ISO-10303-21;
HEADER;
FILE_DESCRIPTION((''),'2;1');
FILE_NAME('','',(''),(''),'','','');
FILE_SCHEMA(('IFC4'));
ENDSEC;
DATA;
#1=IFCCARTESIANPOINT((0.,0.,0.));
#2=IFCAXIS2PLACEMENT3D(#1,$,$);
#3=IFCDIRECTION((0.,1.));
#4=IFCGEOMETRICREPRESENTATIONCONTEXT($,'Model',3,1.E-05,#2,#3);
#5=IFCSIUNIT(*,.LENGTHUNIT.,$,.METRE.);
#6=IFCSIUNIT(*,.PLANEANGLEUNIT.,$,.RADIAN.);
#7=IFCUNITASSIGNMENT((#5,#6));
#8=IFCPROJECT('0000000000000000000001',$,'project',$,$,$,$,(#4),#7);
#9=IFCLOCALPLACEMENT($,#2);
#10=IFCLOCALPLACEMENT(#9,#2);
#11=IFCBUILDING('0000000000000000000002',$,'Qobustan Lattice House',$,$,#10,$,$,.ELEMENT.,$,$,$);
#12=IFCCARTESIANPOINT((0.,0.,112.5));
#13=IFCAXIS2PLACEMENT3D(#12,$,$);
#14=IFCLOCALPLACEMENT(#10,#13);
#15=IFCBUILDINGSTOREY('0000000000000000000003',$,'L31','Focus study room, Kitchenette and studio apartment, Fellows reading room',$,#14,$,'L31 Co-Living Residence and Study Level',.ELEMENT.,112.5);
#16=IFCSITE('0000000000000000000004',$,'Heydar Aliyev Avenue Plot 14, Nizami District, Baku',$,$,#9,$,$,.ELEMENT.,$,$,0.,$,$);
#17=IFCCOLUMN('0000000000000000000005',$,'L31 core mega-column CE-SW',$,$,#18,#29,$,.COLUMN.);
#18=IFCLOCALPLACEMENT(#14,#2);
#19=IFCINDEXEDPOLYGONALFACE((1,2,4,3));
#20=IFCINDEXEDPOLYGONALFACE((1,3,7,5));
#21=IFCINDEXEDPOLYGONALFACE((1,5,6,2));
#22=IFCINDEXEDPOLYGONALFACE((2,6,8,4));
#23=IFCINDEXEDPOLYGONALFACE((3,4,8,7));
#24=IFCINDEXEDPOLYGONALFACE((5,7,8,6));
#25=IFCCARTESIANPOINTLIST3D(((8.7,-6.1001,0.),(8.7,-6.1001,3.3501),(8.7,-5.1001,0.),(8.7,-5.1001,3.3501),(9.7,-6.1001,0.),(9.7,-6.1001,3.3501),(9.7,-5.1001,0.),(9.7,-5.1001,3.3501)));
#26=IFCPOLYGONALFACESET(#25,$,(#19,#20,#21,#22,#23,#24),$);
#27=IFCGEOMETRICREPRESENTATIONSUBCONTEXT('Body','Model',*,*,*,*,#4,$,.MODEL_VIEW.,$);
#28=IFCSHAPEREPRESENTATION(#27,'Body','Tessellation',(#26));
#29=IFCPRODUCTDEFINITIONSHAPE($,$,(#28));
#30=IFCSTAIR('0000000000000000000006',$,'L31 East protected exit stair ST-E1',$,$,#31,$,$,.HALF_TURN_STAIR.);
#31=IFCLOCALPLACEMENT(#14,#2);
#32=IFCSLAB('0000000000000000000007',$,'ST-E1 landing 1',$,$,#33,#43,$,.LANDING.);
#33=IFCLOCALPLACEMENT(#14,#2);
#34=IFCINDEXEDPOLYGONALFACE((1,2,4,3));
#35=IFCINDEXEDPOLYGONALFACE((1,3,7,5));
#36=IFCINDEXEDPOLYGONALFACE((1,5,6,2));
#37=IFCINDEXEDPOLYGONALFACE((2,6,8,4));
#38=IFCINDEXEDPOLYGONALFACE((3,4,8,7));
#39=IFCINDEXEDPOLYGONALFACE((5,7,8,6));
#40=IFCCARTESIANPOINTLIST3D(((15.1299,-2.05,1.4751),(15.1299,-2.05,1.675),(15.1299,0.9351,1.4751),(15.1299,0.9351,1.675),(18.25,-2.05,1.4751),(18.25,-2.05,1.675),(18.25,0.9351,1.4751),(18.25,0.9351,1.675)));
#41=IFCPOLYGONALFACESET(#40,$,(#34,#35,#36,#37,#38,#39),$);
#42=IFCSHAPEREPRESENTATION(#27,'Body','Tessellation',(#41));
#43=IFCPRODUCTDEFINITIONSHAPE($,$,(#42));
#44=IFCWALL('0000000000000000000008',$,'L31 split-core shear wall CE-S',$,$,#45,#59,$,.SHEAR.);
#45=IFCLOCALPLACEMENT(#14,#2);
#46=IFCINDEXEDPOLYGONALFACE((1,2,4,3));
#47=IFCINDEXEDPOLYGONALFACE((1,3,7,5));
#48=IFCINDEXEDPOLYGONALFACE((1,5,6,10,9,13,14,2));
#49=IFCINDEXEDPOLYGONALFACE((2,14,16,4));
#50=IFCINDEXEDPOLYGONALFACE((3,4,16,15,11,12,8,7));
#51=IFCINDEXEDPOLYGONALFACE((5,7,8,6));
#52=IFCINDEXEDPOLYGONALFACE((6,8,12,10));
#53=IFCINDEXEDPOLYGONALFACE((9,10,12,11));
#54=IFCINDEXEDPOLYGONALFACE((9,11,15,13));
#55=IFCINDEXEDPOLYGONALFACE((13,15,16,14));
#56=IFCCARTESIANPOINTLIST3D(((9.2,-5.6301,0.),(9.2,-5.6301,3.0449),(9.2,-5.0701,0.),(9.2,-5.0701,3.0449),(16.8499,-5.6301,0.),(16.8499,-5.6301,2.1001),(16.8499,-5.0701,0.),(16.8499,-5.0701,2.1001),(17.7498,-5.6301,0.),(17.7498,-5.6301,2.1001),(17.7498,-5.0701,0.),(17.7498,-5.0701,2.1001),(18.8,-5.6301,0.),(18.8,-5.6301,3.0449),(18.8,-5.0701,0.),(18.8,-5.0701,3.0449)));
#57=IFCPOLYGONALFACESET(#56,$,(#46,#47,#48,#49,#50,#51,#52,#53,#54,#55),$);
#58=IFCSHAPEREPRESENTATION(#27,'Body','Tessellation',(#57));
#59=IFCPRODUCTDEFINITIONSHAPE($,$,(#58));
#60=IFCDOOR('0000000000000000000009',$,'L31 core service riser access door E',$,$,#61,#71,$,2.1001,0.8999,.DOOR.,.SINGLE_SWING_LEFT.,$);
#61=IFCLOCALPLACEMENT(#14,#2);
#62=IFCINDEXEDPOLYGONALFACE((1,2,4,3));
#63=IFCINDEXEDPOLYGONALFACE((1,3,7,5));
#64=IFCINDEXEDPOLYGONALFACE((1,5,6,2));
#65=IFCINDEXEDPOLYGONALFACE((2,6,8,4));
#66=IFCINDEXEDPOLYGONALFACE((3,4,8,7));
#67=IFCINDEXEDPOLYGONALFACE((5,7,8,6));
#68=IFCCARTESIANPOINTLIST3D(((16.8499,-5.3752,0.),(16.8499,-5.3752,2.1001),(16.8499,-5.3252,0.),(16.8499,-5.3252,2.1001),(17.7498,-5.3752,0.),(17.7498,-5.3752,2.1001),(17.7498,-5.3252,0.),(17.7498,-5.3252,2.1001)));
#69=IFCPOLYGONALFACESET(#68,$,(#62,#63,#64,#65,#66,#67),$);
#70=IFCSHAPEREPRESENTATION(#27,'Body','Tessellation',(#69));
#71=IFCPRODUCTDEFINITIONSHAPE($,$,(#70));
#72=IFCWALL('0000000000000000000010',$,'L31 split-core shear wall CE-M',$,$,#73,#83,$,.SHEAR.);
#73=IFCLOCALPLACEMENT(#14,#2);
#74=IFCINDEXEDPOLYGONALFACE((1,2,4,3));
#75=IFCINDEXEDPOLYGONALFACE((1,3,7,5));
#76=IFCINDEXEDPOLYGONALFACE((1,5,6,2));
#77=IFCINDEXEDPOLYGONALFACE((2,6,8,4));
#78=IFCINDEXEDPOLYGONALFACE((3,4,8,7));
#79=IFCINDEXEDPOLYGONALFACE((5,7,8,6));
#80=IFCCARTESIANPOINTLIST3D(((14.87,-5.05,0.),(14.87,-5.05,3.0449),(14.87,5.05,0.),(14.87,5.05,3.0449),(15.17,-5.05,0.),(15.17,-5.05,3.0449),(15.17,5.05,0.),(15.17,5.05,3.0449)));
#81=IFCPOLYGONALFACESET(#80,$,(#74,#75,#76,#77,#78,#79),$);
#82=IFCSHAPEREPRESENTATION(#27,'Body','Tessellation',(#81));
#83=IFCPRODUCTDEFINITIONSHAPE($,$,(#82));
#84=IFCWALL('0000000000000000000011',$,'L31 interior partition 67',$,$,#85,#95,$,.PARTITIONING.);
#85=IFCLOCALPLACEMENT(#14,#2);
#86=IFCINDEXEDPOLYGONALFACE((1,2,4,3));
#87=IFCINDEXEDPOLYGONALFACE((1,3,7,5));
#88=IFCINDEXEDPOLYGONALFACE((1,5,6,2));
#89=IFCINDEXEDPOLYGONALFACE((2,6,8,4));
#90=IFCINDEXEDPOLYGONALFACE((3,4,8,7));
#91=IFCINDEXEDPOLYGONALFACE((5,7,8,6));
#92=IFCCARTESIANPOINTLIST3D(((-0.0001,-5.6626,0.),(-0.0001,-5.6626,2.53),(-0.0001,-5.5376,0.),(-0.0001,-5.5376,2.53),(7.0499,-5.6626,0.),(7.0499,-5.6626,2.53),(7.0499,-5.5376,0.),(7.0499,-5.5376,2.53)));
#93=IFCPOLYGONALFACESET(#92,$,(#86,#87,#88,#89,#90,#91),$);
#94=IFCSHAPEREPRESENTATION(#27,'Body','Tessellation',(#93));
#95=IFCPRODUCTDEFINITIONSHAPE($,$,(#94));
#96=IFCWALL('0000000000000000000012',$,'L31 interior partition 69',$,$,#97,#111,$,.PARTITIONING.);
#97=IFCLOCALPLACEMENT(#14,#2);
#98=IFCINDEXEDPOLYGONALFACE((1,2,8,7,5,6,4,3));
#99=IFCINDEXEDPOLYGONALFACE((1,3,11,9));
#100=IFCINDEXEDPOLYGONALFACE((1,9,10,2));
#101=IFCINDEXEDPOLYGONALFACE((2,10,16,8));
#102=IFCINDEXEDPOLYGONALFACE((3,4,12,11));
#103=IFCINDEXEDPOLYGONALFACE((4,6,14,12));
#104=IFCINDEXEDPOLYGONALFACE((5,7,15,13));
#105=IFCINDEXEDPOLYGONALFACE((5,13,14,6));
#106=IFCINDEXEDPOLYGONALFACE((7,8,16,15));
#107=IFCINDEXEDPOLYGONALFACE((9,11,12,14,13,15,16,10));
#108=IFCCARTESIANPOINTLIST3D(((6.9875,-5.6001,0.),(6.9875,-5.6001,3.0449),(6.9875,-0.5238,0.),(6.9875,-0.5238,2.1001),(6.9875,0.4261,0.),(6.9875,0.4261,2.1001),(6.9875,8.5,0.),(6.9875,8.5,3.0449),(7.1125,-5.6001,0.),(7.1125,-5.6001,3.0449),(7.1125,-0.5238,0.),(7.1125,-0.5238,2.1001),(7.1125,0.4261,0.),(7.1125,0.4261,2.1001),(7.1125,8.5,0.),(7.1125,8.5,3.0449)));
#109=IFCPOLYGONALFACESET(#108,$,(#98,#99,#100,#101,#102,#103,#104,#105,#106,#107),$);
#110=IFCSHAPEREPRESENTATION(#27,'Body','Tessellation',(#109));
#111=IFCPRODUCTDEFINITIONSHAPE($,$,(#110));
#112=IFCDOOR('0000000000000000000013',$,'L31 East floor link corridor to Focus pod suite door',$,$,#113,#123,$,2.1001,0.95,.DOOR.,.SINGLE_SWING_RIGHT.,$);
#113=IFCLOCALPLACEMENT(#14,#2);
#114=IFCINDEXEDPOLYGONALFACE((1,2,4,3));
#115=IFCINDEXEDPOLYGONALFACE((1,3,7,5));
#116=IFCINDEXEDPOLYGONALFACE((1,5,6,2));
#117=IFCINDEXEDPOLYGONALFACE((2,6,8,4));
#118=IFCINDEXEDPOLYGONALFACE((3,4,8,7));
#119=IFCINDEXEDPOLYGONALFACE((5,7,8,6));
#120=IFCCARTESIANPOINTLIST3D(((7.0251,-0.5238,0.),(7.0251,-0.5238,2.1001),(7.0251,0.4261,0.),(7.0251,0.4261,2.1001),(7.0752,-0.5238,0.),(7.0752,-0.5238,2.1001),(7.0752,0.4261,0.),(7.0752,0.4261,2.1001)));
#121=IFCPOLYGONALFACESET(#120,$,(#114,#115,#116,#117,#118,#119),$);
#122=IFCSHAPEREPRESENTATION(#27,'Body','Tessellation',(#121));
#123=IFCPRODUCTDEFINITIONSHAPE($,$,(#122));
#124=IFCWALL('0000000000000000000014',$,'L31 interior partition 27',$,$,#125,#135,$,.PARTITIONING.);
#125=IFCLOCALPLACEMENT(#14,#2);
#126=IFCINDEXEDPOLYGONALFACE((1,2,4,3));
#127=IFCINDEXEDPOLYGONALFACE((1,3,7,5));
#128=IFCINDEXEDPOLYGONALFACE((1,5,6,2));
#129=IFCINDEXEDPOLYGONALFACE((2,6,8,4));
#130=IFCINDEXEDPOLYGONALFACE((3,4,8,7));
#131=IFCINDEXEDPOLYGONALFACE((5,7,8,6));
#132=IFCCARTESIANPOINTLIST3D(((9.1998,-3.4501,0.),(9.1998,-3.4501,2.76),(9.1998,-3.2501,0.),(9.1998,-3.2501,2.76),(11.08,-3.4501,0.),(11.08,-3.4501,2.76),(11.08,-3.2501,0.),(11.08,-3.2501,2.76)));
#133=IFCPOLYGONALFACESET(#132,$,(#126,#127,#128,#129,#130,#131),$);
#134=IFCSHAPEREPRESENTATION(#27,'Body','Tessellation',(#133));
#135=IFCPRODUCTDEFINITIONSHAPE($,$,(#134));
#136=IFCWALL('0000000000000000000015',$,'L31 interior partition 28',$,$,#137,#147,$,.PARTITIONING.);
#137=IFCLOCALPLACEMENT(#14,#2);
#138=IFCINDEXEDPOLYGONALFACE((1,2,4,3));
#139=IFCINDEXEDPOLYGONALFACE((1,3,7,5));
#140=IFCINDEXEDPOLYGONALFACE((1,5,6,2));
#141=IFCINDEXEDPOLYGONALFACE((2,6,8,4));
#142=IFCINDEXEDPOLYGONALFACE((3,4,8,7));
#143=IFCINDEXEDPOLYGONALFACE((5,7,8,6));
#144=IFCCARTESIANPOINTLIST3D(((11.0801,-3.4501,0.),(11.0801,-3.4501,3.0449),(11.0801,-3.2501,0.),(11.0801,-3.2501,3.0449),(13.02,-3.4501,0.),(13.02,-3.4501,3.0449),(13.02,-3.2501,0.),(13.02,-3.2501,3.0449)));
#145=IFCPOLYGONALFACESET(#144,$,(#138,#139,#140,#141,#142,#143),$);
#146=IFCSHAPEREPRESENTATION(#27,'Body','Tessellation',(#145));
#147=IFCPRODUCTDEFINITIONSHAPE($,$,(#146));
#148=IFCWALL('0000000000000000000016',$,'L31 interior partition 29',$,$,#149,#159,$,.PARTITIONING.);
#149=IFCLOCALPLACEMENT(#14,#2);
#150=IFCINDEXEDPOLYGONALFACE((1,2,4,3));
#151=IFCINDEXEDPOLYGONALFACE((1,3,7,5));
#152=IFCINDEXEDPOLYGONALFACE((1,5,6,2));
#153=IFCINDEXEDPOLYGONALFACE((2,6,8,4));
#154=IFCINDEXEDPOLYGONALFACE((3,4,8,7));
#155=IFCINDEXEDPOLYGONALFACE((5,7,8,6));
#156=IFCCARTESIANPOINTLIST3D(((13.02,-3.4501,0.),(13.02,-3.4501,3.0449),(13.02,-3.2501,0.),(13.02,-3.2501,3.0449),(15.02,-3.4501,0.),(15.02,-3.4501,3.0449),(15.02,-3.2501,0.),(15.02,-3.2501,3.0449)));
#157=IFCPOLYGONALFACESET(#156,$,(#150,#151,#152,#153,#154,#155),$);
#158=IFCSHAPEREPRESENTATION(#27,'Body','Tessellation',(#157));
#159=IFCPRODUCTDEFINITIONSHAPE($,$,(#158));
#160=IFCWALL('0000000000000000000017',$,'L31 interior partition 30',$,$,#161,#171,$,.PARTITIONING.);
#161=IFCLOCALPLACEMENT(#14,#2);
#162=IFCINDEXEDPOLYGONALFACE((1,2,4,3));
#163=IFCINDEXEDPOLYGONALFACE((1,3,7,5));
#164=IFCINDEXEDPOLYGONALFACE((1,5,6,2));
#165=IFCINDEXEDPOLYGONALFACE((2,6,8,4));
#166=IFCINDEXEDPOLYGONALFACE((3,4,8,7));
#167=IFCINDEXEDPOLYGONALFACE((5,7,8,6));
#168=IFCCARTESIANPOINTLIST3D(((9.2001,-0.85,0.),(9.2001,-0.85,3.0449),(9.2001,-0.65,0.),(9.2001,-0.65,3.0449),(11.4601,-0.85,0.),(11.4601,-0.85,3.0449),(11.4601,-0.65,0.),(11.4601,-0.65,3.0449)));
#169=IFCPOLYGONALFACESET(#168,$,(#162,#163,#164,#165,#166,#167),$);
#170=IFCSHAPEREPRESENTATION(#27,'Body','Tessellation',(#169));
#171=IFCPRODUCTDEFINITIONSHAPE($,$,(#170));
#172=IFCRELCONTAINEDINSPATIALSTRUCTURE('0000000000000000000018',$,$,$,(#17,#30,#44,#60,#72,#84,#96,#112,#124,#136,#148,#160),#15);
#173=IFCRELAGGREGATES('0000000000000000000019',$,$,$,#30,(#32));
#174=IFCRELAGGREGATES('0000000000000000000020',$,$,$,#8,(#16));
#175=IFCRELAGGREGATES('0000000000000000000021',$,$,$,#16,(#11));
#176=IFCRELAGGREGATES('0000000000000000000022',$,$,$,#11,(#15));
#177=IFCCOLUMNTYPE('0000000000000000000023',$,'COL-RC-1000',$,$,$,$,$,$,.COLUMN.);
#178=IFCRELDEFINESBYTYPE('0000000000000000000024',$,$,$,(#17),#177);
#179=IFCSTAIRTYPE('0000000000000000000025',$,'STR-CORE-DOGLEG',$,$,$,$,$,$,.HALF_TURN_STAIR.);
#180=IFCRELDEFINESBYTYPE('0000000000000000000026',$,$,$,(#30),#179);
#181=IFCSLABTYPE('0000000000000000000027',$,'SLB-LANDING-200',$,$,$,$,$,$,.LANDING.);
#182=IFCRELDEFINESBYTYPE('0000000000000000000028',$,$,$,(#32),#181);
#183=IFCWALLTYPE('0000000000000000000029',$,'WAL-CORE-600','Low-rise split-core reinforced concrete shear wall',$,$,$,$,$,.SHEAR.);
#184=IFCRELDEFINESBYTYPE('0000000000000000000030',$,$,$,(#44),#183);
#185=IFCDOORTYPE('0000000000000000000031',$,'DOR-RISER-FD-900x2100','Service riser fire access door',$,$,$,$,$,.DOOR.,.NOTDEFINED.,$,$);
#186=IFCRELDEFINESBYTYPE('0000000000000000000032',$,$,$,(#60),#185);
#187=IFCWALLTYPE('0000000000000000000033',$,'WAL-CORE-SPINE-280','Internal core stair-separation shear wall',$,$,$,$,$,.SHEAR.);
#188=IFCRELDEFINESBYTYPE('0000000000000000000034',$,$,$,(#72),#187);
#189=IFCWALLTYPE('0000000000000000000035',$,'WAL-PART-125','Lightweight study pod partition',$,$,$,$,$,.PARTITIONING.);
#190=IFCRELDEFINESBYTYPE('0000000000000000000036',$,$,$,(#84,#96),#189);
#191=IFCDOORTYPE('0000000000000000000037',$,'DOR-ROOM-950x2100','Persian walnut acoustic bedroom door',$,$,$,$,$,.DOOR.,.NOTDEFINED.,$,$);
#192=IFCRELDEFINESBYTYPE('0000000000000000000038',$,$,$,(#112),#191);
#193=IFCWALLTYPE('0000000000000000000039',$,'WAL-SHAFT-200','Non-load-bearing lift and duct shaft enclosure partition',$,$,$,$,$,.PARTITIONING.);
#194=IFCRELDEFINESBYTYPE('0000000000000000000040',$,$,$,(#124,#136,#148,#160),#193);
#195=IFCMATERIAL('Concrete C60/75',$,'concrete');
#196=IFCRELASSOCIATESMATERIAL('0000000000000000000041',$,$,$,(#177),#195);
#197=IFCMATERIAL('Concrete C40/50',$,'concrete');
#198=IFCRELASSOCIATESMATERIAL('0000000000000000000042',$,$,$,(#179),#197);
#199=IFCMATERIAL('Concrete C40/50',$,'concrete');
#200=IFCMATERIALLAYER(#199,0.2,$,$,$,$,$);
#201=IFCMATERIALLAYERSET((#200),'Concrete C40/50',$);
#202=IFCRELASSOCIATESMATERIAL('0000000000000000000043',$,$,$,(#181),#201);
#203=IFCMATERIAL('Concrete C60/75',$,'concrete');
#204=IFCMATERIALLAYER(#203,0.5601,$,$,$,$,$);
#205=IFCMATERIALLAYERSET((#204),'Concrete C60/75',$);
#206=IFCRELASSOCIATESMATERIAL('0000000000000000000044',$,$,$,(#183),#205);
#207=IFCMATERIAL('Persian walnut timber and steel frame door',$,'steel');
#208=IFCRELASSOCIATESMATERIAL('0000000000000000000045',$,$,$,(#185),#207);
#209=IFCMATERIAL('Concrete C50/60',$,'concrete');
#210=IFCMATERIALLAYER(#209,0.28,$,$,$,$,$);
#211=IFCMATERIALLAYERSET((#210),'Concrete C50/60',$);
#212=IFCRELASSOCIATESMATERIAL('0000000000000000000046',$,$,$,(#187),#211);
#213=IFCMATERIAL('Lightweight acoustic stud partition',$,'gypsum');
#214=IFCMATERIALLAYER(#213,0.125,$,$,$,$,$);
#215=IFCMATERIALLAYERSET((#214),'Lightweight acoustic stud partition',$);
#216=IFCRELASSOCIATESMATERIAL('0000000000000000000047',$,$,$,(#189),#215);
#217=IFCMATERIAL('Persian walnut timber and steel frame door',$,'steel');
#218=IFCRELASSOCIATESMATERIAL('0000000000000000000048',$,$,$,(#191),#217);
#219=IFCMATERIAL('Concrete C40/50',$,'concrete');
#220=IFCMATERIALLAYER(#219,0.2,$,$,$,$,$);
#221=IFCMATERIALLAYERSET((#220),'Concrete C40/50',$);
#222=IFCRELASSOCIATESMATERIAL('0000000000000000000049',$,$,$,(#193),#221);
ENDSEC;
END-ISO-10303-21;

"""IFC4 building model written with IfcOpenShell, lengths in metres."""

from ifc_helpers import new_model, si_unit, direction, frame, frame_2d, origin, origin_2d, place, context, subcontext, project, spatial, polyline, rectangle, outline, extrude, material, layer, layer_set, material_profile, profile_set, type_object, element, fill, aggregate, save


model = new_model("IFC4")

# Units and contexts
model_context = context("Model", 3, precision=1e-05, world=origin(), true_north=direction((0.0, 1.0)))
body_context = subcontext(model_context, "Body", "Model", "MODEL_VIEW")
ifc_project = project(units=[si_unit("LENGTHUNIT", "METRE"), si_unit("PLANEANGLEUNIT", "RADIAN")], contexts=[model_context])

# Site, building, storey
site_placement = place(None, origin())
site = spatial("IfcSite", under=ifc_project, at=site_placement, Name="Heydar Aliyev Avenue Plot 14, Nizami District, Baku", CompositionType="ELEMENT", RefElevation=0.0)
building_placement = place(site_placement, origin())
building = spatial("IfcBuilding", under=site, at=building_placement, Name="Qobustan Lattice House", CompositionType="ELEMENT")
storey_placement = place(building_placement, frame((0.0, 0.0, 112.5)))
storey = spatial("IfcBuildingStorey", under=building, at=storey_placement, Name="L31", Description="Focus study room, Kitchenette and studio apartment, Fellows reading room", LongName="L31 Co-Living Residence and Study Level", CompositionType="ELEMENT", Elevation=112.5)

# Column
ifc_material_1 = material(Name="Concrete C60/75", Category="concrete")
ifc_material_profile = material_profile(ifc_material_1, rectangle(XDim=1.0, YDim=1.0, at=origin_2d()), Name="RC1000x1000")
ifc_profile_set = profile_set([ifc_material_profile], Name="Concrete C60/75")
column_type = type_object("IfcColumnType", Name="COL-RC-1000", PredefinedType="COLUMN", material=ifc_profile_set)
column_placement = place(storey_placement, frame((9.2, -5.6001, 0.0), z_axis=(0.0, 0.0, 1.0), x_axis=(1.0, 0.0, 0.0)))
element("IfcColumn", 1, at=column_placement, inside=storey, type_object=column_type, Name="L31 core mega-column CE-SW", PredefinedType="COLUMN", context=body_context, shape_type="SweptSolid", body=[
    extrude(rectangle(XDim=1.0, YDim=1.0, at=origin_2d()), origin(), (0.0, 0.0, 1.0), 3.3501),
])

# Stair, slab
ifc_material_2 = material(Name="Concrete C40/50", Category="concrete")
stair_type = type_object("IfcStairType", Name="STR-CORE-DOGLEG", PredefinedType="HALF_TURN_STAIR", material=ifc_material_2)
stair_placement = place(storey_placement, origin())
stair = element("IfcStair", 2, at=stair_placement, inside=storey, type_object=stair_type, Name="L31 East protected exit stair ST-E1", PredefinedType="HALF_TURN_STAIR")
ifc_material_3 = material(Name="Concrete C40/50", Category="concrete")
ifc_layer_1 = layer(ifc_material_3, 0.2)
ifc_layer_set_1 = layer_set([ifc_layer_1], Name="Concrete C40/50")
slab_type = type_object("IfcSlabType", Name="SLB-LANDING-200", PredefinedType="LANDING", material=ifc_layer_set_1)
slab_placement = place(storey_placement, frame((0.0, 0.0, 1.4751)))
slab = element("IfcSlab", 3, at=slab_placement, type_object=slab_type, Name="ST-E1 landing 1", PredefinedType="LANDING", context=body_context, shape_type="SweptSolid", body=[
    extrude(outline(polyline([(15.1299, 0.9351), (15.1299, -2.05), (18.25, -2.05), (18.25, 0.9351), (15.1299, 0.9351)])), origin(), (0.0, 0.0, 1.0), 0.2),
])
aggregate(stair, [slab])

# Wall, opening, door
ifc_material_4 = material(Name="Concrete C60/75", Category="concrete")
ifc_layer_2 = layer(ifc_material_4, 0.5601)
ifc_layer_set_2 = layer_set([ifc_layer_2], Name="Concrete C60/75")
wall_type_1 = type_object("IfcWallType", Name="WAL-CORE-600", Description="Low-rise split-core reinforced concrete shear wall", PredefinedType="SHEAR", material=ifc_layer_set_2)
wall_1_placement = place(storey_placement, frame((9.2, -5.3501, 0.0), z_axis=(0.0, 0.0, 1.0), x_axis=(1.0, 0.0, 0.0)))
wall_1 = element("IfcWall", 4, at=wall_1_placement, inside=storey, type_object=wall_type_1, Name="L31 split-core shear wall CE-S", PredefinedType="SHEAR", context=body_context, shape_type="SweptSolid", body=[
    extrude(rectangle(XDim=9.6001, YDim=0.5601, at=frame_2d((4.8, 0.0))), origin(), (0.0, 0.0, 1.0), 3.0449),
])
opening_1_placement = place(wall_1_placement, frame((7.6499, 0.0, 0.0)))
opening_1 = element("IfcOpeningElement", 5, at=opening_1_placement, cuts=wall_1, PredefinedType="OPENING", context=body_context, shape_type="SweptSolid", body=[
    extrude(rectangle(XDim=0.8999, YDim=2.1001, at=frame_2d((0.45, 1.05))), frame((0.0, 0.29, 0.0), z_axis=(0.0, -1.0, 0.0), x_axis=(1.0, 0.0, 0.0)), (0.0, 0.0, 1.0), 0.5801),
])
ifc_material_5 = material(Name="Persian walnut timber and steel frame door", Category="steel")
door_type_1 = type_object("IfcDoorType", Name="DOR-RISER-FD-900x2100", Description="Service riser fire access door", OperationType="NOTDEFINED", PredefinedType="DOOR", material=ifc_material_5)
door_1_placement = place(opening_1_placement, origin())
door_1 = element("IfcDoor", 6, at=door_1_placement, inside=storey, type_object=door_type_1, Name="L31 core service riser access door E", OperationType="SINGLE_SWING_LEFT", OverallHeight=2.1001, OverallWidth=0.8999, PredefinedType="DOOR", context=body_context, shape_type="SweptSolid", body=[
    extrude(rectangle(XDim=0.8999, YDim=2.1001, at=frame_2d((0.45, 1.05))), frame((0.0, 0.0249, 0.0), z_axis=(0.0, -1.0, 0.0), x_axis=(1.0, 0.0, 0.0)), (0.0, 0.0, 1.0), 0.05),
])
fill(opening_1, door_1)

# Walls
ifc_material_6 = material(Name="Concrete C50/60", Category="concrete")
ifc_layer_3 = layer(ifc_material_6, 0.28)
ifc_layer_set_3 = layer_set([ifc_layer_3], Name="Concrete C50/60")
wall_type_2 = type_object("IfcWallType", Name="WAL-CORE-SPINE-280", Description="Internal core stair-separation shear wall", PredefinedType="SHEAR", material=ifc_layer_set_3)
wall_2_placement = place(storey_placement, frame((15.02, -5.05, 0.0), z_axis=(0.0, 0.0, 1.0), x_axis=(0.0, 1.0, 0.0)))
element("IfcWall", 7, at=wall_2_placement, inside=storey, type_object=wall_type_2, Name="L31 split-core shear wall CE-M", PredefinedType="SHEAR", context=body_context, shape_type="SweptSolid", body=[
    extrude(rectangle(XDim=10.1001, YDim=0.3, at=frame_2d((5.05, 0.0))), origin(), (0.0, 0.0, 1.0), 3.0449),
])
ifc_material_7 = material(Name="Lightweight acoustic stud partition", Category="gypsum")
ifc_layer_4 = layer(ifc_material_7, 0.125)
ifc_layer_set_4 = layer_set([ifc_layer_4], Name="Lightweight acoustic stud partition")
wall_type_3 = type_object("IfcWallType", Name="WAL-PART-125", Description="Lightweight study pod partition", PredefinedType="PARTITIONING", material=ifc_layer_set_4)
wall_3_placement = place(storey_placement, frame((0.0, -5.6001, 0.0), z_axis=(0.0, 0.0, 1.0), x_axis=(1.0, 0.0, 0.0)))
element("IfcWall", 8, at=wall_3_placement, inside=storey, type_object=wall_type_3, Name="L31 interior partition 67", PredefinedType="PARTITIONING", context=body_context, shape_type="SweptSolid", body=[
    extrude(rectangle(XDim=7.05, YDim=0.125, at=frame_2d((3.5249, 0.0))), origin(), (0.0, 0.0, 1.0), 2.53),
])

# Wall, opening, door
wall_4_placement = place(storey_placement, frame((7.05, -5.6001, 0.0), z_axis=(0.0, 0.0, 1.0), x_axis=(0.0, 1.0, 0.0)))
wall_4 = element("IfcWall", 9, at=wall_4_placement, inside=storey, type_object=wall_type_3, Name="L31 interior partition 69", PredefinedType="PARTITIONING", context=body_context, shape_type="SweptSolid", body=[
    extrude(rectangle(XDim=14.1001, YDim=0.125, at=frame_2d((7.05, 0.0))), origin(), (0.0, 0.0, 1.0), 3.0449),
])
opening_2_placement = place(wall_4_placement, frame((5.0762, 0.0, 0.0)))
opening_2 = element("IfcOpeningElement", 10, at=opening_2_placement, cuts=wall_4, PredefinedType="OPENING", context=body_context, shape_type="SweptSolid", body=[
    extrude(rectangle(XDim=0.95, YDim=2.1001, at=frame_2d((0.4751, 1.05))), frame((0.0, 0.0725, 0.0), z_axis=(0.0, -1.0, 0.0), x_axis=(1.0, 0.0, 0.0)), (0.0, 0.0, 1.0), 0.145),
])
ifc_material_8 = material(Name="Persian walnut timber and steel frame door", Category="steel")
door_type_2 = type_object("IfcDoorType", Name="DOR-ROOM-950x2100", Description="Persian walnut acoustic bedroom door", OperationType="NOTDEFINED", PredefinedType="DOOR", material=ifc_material_8)
door_2_placement = place(opening_2_placement, origin())
door_2 = element("IfcDoor", 11, at=door_2_placement, inside=storey, type_object=door_type_2, Name="L31 East floor link corridor to Focus pod suite door", OperationType="SINGLE_SWING_RIGHT", OverallHeight=2.1001, OverallWidth=0.95, PredefinedType="DOOR", context=body_context, shape_type="SweptSolid", body=[
    extrude(rectangle(XDim=0.95, YDim=2.1001, at=frame_2d((0.4751, 1.05))), frame((0.0, 0.0249, 0.0), z_axis=(0.0, -1.0, 0.0), x_axis=(1.0, 0.0, 0.0)), (0.0, 0.0, 1.0), 0.05),
])
fill(opening_2, door_2)

# Walls
ifc_material_9 = material(Name="Concrete C40/50", Category="concrete")
ifc_layer_5 = layer(ifc_material_9, 0.2)
ifc_layer_set_5 = layer_set([ifc_layer_5], Name="Concrete C40/50")
wall_type_4 = type_object("IfcWallType", Name="WAL-SHAFT-200", Description="Non-load-bearing lift and duct shaft enclosure partition", PredefinedType="PARTITIONING", material=ifc_layer_set_5)
wall_5_placement = place(storey_placement, frame((9.2, -3.3501, 0.0), z_axis=(0.0, 0.0, 1.0), x_axis=(1.0, 0.0, 0.0)))
element("IfcWall", 12, at=wall_5_placement, inside=storey, type_object=wall_type_4, Name="L31 interior partition 27", PredefinedType="PARTITIONING", context=body_context, shape_type="SweptSolid", body=[
    extrude(rectangle(XDim=1.8801, YDim=0.2, at=frame_2d((0.9399, 0.0))), origin(), (0.0, 0.0, 1.0), 2.76),
])
wall_6_placement = place(storey_placement, frame((11.0801, -3.3501, 0.0), z_axis=(0.0, 0.0, 1.0), x_axis=(1.0, 0.0, 0.0)))
element("IfcWall", 13, at=wall_6_placement, inside=storey, type_object=wall_type_4, Name="L31 interior partition 28", PredefinedType="PARTITIONING", context=body_context, shape_type="SweptSolid", body=[
    extrude(rectangle(XDim=1.9399, YDim=0.2, at=frame_2d((0.97, 0.0))), origin(), (0.0, 0.0, 1.0), 3.0449),
])
wall_7_placement = place(storey_placement, frame((13.02, -3.3501, 0.0), z_axis=(0.0, 0.0, 1.0), x_axis=(1.0, 0.0, 0.0)))
element("IfcWall", 14, at=wall_7_placement, inside=storey, type_object=wall_type_4, Name="L31 interior partition 29", PredefinedType="PARTITIONING", context=body_context, shape_type="SweptSolid", body=[
    extrude(rectangle(XDim=2.0, YDim=0.2, at=frame_2d((1.0, 0.0))), origin(), (0.0, 0.0, 1.0), 3.0449),
])
wall_8_placement = place(storey_placement, frame((11.46, -0.75, 0.0), z_axis=(0.0, 0.0, 1.0), x_axis=(-1.0, 0.0, 0.0)))
element("IfcWall", 15, at=wall_8_placement, inside=storey, type_object=wall_type_4, Name="L31 interior partition 30", PredefinedType="PARTITIONING", context=body_context, shape_type="SweptSolid", body=[
    extrude(rectangle(XDim=2.26, YDim=0.2, at=frame_2d((1.1299, 0.0))), origin(), (0.0, 0.0, 1.0), 3.0449),
])

save(model, "model.ifc")
